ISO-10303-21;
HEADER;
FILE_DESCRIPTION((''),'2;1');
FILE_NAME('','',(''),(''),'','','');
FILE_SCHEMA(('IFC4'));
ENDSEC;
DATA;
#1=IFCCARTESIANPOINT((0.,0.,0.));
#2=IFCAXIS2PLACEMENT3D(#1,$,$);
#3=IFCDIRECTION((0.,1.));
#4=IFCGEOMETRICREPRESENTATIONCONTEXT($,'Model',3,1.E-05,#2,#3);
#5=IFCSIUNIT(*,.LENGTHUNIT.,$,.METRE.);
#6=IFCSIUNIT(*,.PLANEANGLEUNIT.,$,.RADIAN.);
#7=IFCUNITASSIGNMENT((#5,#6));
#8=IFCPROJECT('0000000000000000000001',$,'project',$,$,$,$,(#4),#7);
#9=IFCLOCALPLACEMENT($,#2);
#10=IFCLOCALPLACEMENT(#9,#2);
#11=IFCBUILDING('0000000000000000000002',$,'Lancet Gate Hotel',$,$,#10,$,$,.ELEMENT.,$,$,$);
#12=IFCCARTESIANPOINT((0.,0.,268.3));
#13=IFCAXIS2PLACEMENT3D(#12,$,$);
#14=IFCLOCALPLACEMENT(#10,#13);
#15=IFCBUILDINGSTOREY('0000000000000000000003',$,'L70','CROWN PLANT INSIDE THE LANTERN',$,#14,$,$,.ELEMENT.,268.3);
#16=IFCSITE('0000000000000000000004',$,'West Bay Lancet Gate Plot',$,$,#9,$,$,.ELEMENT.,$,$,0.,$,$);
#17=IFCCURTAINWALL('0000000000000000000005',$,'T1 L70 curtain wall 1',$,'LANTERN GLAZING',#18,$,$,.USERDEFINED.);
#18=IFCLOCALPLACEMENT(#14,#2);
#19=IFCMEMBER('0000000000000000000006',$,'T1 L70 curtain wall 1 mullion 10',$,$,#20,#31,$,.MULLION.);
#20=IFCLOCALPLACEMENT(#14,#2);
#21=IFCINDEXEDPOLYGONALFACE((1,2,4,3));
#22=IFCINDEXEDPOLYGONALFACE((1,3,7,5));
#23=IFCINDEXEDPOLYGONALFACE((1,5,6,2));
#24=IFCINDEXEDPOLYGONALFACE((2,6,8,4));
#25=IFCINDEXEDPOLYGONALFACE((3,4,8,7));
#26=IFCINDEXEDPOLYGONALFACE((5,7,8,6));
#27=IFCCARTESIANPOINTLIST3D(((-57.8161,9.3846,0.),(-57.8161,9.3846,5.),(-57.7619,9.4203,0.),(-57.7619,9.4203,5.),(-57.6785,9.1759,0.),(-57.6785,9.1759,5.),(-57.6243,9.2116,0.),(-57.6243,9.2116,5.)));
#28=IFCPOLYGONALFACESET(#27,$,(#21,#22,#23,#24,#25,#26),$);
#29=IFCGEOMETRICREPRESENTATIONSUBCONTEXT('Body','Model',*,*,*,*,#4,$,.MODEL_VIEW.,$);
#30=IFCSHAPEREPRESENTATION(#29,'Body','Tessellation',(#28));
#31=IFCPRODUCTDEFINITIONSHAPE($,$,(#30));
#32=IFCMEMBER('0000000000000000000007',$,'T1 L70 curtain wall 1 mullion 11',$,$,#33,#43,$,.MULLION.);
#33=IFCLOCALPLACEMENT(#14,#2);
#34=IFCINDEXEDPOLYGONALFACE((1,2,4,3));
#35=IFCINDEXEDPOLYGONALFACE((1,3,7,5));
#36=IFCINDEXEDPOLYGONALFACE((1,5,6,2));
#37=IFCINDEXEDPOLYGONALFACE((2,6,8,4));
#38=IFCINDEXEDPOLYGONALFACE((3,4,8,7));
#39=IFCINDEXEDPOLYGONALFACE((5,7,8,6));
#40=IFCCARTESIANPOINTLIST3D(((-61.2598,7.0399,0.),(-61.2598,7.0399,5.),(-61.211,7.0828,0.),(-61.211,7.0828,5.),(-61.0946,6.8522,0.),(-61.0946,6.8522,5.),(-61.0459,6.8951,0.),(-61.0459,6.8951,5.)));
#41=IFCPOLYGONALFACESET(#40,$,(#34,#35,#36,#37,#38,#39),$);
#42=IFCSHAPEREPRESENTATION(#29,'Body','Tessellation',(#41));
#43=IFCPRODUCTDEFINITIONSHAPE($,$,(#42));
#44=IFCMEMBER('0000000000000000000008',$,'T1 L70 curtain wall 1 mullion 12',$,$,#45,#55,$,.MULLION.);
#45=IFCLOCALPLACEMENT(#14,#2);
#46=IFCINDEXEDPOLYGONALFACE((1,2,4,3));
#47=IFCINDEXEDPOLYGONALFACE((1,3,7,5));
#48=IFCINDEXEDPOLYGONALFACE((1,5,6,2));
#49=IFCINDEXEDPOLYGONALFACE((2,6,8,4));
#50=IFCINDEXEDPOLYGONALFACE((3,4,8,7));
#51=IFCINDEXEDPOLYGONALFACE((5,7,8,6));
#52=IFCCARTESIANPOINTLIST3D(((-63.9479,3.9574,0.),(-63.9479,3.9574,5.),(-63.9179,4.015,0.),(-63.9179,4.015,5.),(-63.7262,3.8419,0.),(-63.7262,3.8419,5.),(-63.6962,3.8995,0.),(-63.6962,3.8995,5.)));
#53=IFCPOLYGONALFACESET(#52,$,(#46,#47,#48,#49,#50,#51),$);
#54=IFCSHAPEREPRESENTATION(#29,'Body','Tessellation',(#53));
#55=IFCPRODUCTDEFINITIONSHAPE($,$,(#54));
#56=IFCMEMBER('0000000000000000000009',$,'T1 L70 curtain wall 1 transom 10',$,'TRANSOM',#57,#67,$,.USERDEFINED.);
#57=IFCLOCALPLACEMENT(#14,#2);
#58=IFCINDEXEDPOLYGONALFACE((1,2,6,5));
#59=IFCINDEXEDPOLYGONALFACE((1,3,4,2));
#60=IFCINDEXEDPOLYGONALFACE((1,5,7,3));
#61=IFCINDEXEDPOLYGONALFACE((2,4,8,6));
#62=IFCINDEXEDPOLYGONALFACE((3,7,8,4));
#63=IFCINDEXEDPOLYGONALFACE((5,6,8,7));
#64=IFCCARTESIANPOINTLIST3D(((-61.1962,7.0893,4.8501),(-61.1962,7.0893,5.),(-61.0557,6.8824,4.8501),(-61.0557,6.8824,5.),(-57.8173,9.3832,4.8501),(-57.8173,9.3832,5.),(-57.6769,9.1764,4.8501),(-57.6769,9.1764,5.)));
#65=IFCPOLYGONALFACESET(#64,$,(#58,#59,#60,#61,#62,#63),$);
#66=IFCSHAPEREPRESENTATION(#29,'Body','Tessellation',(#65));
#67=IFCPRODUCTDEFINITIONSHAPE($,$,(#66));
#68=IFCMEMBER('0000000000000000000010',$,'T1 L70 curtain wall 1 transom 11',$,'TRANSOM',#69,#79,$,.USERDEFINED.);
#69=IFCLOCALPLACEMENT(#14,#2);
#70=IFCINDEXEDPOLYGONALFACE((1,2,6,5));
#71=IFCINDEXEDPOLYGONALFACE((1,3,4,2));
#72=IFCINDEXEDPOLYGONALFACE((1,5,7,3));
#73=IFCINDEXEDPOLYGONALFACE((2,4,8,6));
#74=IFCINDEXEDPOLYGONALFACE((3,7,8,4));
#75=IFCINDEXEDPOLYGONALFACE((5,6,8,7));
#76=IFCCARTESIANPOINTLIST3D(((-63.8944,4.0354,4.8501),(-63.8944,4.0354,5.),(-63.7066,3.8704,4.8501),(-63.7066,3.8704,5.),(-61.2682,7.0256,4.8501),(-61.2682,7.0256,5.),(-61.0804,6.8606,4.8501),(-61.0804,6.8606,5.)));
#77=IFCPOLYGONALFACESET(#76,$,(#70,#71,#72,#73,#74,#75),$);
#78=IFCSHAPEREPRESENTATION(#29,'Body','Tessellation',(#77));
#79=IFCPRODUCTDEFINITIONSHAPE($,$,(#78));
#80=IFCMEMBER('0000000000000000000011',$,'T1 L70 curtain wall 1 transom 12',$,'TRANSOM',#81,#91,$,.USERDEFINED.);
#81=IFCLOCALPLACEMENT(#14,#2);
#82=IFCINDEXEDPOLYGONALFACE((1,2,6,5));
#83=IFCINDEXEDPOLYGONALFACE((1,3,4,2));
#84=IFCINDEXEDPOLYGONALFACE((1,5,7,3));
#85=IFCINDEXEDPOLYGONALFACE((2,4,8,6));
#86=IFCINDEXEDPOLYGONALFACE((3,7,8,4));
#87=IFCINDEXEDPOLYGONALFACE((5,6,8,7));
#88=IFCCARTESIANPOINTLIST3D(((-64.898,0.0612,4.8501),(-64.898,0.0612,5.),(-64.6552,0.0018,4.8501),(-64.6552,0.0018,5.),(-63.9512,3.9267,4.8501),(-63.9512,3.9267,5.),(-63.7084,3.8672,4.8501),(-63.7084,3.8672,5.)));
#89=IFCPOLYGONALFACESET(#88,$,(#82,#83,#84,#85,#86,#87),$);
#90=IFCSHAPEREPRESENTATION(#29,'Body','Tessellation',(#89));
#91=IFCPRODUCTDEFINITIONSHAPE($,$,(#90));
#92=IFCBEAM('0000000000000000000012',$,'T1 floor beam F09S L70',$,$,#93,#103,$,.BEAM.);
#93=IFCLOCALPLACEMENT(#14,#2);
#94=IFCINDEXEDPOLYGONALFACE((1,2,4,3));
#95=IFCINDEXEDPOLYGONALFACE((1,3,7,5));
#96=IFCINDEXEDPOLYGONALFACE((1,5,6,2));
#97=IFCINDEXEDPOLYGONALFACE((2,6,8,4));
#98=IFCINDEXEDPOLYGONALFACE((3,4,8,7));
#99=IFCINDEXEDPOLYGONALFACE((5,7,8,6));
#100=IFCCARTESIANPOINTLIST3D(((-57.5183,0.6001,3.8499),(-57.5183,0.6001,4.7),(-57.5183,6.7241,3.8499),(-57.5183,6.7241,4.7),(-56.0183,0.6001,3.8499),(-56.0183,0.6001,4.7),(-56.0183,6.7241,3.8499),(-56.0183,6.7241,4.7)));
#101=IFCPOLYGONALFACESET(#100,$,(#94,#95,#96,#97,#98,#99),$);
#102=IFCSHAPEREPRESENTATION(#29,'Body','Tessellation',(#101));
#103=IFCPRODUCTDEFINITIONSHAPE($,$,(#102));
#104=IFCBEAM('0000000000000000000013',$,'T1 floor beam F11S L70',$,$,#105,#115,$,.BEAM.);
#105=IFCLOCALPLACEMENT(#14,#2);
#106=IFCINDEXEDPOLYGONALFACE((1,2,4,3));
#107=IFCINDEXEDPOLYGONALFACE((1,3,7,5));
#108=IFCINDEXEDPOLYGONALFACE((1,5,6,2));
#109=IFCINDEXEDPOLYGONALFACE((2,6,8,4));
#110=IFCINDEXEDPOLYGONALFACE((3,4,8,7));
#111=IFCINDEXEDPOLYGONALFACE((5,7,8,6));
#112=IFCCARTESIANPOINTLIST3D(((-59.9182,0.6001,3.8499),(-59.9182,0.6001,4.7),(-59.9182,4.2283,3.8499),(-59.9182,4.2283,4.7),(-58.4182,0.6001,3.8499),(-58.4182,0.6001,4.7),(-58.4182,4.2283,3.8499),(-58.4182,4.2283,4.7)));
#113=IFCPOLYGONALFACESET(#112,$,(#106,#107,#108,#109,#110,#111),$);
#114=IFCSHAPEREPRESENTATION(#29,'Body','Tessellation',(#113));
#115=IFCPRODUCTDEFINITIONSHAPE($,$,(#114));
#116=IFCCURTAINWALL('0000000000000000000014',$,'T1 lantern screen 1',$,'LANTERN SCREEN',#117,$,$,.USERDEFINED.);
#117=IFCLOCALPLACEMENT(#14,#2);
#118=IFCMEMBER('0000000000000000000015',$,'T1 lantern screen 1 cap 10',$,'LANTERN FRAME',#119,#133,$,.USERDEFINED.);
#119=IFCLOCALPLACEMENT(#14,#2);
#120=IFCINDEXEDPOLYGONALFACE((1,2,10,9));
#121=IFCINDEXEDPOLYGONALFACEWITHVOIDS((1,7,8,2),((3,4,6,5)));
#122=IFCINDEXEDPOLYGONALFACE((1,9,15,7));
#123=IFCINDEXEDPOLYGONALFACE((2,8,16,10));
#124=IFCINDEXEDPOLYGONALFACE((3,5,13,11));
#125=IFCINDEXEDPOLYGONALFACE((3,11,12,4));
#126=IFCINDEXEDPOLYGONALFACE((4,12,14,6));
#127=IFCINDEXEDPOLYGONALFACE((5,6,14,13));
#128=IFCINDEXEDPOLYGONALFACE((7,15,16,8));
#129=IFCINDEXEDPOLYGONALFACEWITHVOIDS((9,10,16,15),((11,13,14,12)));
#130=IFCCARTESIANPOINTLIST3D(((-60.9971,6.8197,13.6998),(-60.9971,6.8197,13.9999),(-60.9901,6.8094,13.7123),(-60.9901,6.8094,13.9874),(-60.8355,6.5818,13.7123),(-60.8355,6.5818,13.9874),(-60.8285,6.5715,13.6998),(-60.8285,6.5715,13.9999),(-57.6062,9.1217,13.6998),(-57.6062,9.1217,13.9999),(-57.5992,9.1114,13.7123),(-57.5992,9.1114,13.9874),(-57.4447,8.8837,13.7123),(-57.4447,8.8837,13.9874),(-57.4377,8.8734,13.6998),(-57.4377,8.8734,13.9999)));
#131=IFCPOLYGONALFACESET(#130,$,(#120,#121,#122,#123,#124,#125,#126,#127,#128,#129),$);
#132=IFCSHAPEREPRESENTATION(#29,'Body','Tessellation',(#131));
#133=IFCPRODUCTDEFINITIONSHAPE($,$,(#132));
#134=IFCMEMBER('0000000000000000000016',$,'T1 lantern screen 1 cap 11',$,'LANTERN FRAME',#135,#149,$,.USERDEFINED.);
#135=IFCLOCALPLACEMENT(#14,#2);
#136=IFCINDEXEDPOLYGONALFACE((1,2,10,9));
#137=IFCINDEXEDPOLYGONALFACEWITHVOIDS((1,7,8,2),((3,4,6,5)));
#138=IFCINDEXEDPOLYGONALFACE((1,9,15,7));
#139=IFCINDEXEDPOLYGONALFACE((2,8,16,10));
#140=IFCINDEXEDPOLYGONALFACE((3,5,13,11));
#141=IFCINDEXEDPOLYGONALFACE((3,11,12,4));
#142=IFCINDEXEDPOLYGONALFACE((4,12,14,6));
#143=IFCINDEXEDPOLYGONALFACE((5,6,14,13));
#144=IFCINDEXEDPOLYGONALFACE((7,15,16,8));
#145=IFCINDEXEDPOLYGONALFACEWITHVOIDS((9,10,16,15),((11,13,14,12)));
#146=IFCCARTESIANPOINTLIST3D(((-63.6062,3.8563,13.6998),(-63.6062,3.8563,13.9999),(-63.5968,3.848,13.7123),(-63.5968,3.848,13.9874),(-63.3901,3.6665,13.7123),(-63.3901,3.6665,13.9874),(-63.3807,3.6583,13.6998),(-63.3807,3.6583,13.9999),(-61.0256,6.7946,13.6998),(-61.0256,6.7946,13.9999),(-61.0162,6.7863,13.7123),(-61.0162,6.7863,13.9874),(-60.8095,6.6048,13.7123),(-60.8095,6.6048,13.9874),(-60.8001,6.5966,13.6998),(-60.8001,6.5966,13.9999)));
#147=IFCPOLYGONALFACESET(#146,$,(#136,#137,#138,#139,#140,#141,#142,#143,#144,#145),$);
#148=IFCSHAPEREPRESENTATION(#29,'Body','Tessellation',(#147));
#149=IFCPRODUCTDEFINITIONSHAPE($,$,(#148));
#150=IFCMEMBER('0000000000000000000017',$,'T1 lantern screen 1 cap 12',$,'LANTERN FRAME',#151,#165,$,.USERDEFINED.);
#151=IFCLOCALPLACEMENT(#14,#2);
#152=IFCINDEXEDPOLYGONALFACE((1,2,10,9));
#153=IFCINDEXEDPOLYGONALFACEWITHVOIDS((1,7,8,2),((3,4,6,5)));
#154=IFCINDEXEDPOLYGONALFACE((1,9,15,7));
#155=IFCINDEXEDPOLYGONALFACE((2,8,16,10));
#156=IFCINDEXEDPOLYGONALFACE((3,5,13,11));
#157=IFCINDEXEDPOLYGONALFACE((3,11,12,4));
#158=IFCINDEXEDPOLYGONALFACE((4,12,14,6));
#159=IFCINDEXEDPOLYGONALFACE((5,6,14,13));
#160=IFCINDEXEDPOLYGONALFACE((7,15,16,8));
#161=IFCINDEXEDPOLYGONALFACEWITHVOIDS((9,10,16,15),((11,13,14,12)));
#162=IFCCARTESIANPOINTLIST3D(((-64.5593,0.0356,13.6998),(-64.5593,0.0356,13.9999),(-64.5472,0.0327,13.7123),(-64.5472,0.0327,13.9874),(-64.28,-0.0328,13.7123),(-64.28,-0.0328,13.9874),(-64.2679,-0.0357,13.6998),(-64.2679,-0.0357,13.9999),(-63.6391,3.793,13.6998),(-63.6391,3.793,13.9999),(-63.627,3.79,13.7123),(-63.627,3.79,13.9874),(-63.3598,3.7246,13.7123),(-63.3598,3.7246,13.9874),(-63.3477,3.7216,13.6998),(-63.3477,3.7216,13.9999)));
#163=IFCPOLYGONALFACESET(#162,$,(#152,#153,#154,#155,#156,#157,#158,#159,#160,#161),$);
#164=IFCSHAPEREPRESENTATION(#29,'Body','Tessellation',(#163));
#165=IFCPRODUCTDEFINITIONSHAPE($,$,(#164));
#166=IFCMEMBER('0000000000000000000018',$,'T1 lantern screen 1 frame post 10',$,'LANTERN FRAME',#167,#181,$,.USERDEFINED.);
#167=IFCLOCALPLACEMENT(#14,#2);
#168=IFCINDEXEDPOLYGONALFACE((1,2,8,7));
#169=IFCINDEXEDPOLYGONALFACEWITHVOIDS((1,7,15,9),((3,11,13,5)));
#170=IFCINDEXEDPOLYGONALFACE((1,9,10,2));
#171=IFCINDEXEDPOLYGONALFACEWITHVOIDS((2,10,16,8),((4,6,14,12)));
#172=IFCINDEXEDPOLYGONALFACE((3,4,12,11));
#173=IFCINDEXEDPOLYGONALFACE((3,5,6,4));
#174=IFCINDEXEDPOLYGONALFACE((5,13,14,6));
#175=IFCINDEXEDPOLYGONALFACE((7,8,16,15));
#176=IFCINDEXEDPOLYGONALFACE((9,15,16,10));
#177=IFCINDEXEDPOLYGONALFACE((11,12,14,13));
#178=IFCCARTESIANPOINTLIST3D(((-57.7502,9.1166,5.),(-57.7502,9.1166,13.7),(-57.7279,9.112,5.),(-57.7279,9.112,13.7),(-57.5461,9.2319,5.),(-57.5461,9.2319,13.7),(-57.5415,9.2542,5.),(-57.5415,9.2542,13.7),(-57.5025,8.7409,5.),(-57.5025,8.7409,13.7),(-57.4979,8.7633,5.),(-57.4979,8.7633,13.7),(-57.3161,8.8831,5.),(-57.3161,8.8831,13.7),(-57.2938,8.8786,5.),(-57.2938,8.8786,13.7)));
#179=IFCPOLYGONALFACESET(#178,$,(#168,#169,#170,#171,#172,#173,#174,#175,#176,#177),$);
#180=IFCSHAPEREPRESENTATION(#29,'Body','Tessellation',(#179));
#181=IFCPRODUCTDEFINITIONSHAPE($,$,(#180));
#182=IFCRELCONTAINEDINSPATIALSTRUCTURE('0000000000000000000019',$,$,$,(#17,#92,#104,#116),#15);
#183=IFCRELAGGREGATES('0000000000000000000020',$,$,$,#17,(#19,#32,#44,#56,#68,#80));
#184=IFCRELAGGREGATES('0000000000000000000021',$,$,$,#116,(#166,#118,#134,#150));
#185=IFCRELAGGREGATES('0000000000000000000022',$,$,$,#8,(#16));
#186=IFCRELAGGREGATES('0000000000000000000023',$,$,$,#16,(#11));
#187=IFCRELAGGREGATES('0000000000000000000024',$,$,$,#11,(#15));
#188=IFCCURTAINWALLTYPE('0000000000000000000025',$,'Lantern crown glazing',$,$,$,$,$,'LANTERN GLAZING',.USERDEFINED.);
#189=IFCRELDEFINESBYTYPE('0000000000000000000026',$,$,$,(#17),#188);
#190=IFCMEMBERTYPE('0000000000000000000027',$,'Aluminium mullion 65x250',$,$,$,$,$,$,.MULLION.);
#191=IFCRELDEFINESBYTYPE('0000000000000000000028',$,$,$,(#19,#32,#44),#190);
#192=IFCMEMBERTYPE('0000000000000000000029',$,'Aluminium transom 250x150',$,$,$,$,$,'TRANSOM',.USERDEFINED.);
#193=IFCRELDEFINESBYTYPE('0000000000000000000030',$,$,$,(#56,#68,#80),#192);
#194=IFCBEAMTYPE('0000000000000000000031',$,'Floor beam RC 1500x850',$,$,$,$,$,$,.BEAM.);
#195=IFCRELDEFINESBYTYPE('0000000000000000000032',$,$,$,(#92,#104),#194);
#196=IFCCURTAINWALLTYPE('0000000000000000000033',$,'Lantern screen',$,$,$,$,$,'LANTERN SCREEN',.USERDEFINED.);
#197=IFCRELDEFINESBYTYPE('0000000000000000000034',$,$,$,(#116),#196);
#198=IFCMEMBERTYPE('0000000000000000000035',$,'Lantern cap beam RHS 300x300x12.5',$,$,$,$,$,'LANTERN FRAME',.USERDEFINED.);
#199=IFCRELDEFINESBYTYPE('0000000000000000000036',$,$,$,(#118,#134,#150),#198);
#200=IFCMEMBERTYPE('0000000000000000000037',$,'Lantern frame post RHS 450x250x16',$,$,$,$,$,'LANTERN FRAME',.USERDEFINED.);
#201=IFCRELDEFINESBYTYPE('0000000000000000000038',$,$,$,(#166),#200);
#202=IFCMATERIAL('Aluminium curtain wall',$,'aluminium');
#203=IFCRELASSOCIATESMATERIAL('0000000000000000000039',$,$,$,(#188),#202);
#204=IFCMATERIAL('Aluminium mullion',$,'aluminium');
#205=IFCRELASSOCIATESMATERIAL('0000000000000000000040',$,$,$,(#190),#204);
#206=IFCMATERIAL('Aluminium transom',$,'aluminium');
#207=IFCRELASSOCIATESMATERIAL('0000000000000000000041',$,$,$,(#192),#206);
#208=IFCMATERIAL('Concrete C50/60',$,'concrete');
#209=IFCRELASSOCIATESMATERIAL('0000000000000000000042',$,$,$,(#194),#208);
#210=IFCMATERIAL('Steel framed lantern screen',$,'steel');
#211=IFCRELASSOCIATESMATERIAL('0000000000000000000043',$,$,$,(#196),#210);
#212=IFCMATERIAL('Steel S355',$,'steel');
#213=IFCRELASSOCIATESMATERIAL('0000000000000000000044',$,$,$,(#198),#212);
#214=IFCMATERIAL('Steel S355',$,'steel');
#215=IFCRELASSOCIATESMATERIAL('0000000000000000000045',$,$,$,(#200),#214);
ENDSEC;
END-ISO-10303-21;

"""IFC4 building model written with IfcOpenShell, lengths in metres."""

from ifc_helpers import new_model, si_unit, direction, frame, origin, origin_2d, place, context, subcontext, project, spatial, rectangle, hollow_rectangle, extrude, material, material_profile, profile_set, type_object, element, aggregate, save


model = new_model("IFC4")

# Units and contexts
model_context = context("Model", 3, precision=1e-05, world=origin(), true_north=direction((0.0, 1.0)))
body_context = subcontext(model_context, "Body", "Model", "MODEL_VIEW")
ifc_project = project(units=[si_unit("LENGTHUNIT", "METRE"), si_unit("PLANEANGLEUNIT", "RADIAN")], contexts=[model_context])

# Site, building, storey
site_placement = place(None, origin())
site = spatial("IfcSite", under=ifc_project, at=site_placement, Name="West Bay Lancet Gate Plot", CompositionType="ELEMENT", RefElevation=0.0)
building_placement = place(site_placement, origin())
building = spatial("IfcBuilding", under=site, at=building_placement, Name="Lancet Gate Hotel", CompositionType="ELEMENT")
storey_placement = place(building_placement, frame((0.0, 0.0, 268.3)))
storey = spatial("IfcBuildingStorey", under=building, at=storey_placement, Name="L70", Description="CROWN PLANT INSIDE THE LANTERN", CompositionType="ELEMENT", Elevation=268.3)

# Curtain wall, members
ifc_material_1 = material(Name="Aluminium curtain wall", Category="aluminium")
curtain_wall_type_1 = type_object("IfcCurtainWallType", Name="Lantern crown glazing", ElementType="LANTERN GLAZING", PredefinedType="USERDEFINED", material=ifc_material_1)
curtain_wall_1_placement = place(storey_placement, origin())
curtain_wall_1 = element("IfcCurtainWall", 1, at=curtain_wall_1_placement, inside=storey, type_object=curtain_wall_type_1, Name="T1 L70 curtain wall 1", ObjectType="LANTERN GLAZING", PredefinedType="USERDEFINED")
ifc_material_2 = material(Name="Aluminium mullion", Category="aluminium")
ifc_material_profile_1 = material_profile(ifc_material_2, rectangle(XDim=0.0649, YDim=0.25, at=origin_2d()), Name="MULLION 65x250")
ifc_profile_set_1 = profile_set([ifc_material_profile_1], Name="Aluminium mullion")
member_type_1 = type_object("IfcMemberType", Name="Aluminium mullion 65x250", PredefinedType="MULLION", material=ifc_profile_set_1)
member_1_placement = place(storey_placement, frame((-57.7202, 9.2981, 0.0), z_axis=(0.0, 0.0, 1.0), x_axis=(-0.834827, -0.550512, 0.0)))
member_1 = element("IfcMember", 2, at=member_1_placement, type_object=member_type_1, Name="T1 L70 curtain wall 1 mullion 10", PredefinedType="MULLION", context=body_context, shape_type="SweptSolid", body=[
    extrude(rectangle(XDim=0.0649, YDim=0.25, at=origin_2d()), origin(), (0.0, 0.0, 1.0), 5.0),
])
member_2_placement = place(storey_placement, frame((-61.1528, 6.9675, 0.0), z_axis=(0.0, 0.0, 1.0), x_axis=(-0.750716, -0.660626, 0.0)))
member_2 = element("IfcMember", 3, at=member_2_placement, type_object=member_type_1, Name="T1 L70 curtain wall 1 mullion 11", PredefinedType="MULLION", context=body_context, shape_type="SweptSolid", body=[
    extrude(rectangle(XDim=0.0649, YDim=0.25, at=origin_2d()), origin(), (0.0, 0.0, 1.0), 5.0),
])
member_3_placement = place(storey_placement, frame((-63.822, 3.9285, 0.0), z_axis=(0.0, 0.0, 1.0), x_axis=(-0.462178, -0.886787, 0.0)))
member_3 = element("IfcMember", 4, at=member_3_placement, type_object=member_type_1, Name="T1 L70 curtain wall 1 mullion 12", PredefinedType="MULLION", context=body_context, shape_type="SweptSolid", body=[
    extrude(rectangle(XDim=0.0649, YDim=0.25, at=origin_2d()), origin(), (0.0, 0.0, 1.0), 5.0),
])
ifc_material_3 = material(Name="Aluminium transom", Category="aluminium")
ifc_material_profile_2 = material_profile(ifc_material_3, rectangle(XDim=0.25, YDim=0.1499, at=origin_2d()), Name="TRANSOM 250x150")
ifc_profile_set_2 = profile_set([ifc_material_profile_2], Name="Aluminium transom")
member_type_2 = type_object("IfcMemberType", Name="Aluminium transom 250x150", ElementType="TRANSOM", PredefinedType="USERDEFINED", material=ifc_profile_set_2)
member_4_placement = place(storey_placement, frame((-57.7471, 9.2798, 4.925), z_axis=(-0.827349, -0.561689, 0.0), x_axis=(0.561689, -0.827349, 0.0)))
member_4 = element("IfcMember", 5, at=member_4_placement, type_object=member_type_2, Name="T1 L70 curtain wall 1 transom 10", ObjectType="TRANSOM", PredefinedType="USERDEFINED", context=body_context, shape_type="SweptSolid", body=[
    extrude(rectangle(XDim=0.25, YDim=0.1499, at=origin_2d()), origin(), (0.0, 0.0, 1.0), 4.084),
])
member_5_placement = place(storey_placement, frame((-61.1743, 6.9431, 4.925), z_axis=(-0.659893, -0.751359, 0.0), x_axis=(0.751359, -0.659893, 0.0)))
member_5 = element("IfcMember", 6, at=member_5_placement, type_object=member_type_2, Name="T1 L70 curtain wall 1 transom 11", ObjectType="TRANSOM", PredefinedType="USERDEFINED", context=body_context, shape_type="SweptSolid", body=[
    extrude(rectangle(XDim=0.25, YDim=0.1499, at=origin_2d()), origin(), (0.0, 0.0, 1.0), 3.9797),
])
member_6_placement = place(storey_placement, frame((-63.8298, 3.897, 4.925), z_axis=(-0.237899, -0.97129, 0.0), x_axis=(0.97129, -0.237899, 0.0)))
member_6 = element("IfcMember", 7, at=member_6_placement, type_object=member_type_2, Name="T1 L70 curtain wall 1 transom 12", ObjectType="TRANSOM", PredefinedType="USERDEFINED", context=body_context, shape_type="SweptSolid", body=[
    extrude(rectangle(XDim=0.25, YDim=0.1499, at=origin_2d()), origin(), (0.0, 0.0, 1.0), 3.9797),
])

# Beams
ifc_material_4 = material(Name="Concrete C50/60", Category="concrete")
ifc_material_profile_3 = material_profile(ifc_material_4, rectangle(XDim=1.5, YDim=0.8501, at=origin_2d()), Name="RC 1500x850")
ifc_profile_set_3 = profile_set([ifc_material_profile_3], Name="Concrete C50/60")
beam_type = type_object("IfcBeamType", Name="Floor beam RC 1500x850", PredefinedType="BEAM", material=ifc_profile_set_3)
beam_1_placement = place(storey_placement, frame((-56.7683, 6.7241, 4.2749), z_axis=(0.0, -1.0, 0.0), x_axis=(1.0, 0.0, 0.0)))
element("IfcBeam", 8, at=beam_1_placement, inside=storey, type_object=beam_type, Name="T1 floor beam F09S L70", PredefinedType="BEAM", context=body_context, shape_type="SweptSolid", body=[
    extrude(rectangle(XDim=1.5, YDim=0.8501, at=origin_2d()), origin(), (0.0, 0.0, 1.0), 6.124),
])
beam_2_placement = place(storey_placement, frame((-59.1682, 4.2283, 4.2749), z_axis=(0.0, -1.0, 0.0), x_axis=(1.0, 0.0, 0.0)))
element("IfcBeam", 9, at=beam_2_placement, inside=storey, type_object=beam_type, Name="T1 floor beam F11S L70", PredefinedType="BEAM", context=body_context, shape_type="SweptSolid", body=[
    extrude(rectangle(XDim=1.5, YDim=0.8501, at=origin_2d()), origin(), (0.0, 0.0, 1.0), 3.6282),
])

# Curtain wall, members
ifc_material_5 = material(Name="Steel framed lantern screen", Category="steel")
curtain_wall_type_2 = type_object("IfcCurtainWallType", Name="Lantern screen", ElementType="LANTERN SCREEN", PredefinedType="USERDEFINED", material=ifc_material_5)
curtain_wall_2_placement = place(storey_placement, origin())
curtain_wall_2 = element("IfcCurtainWall", 10, at=curtain_wall_2_placement, inside=storey, type_object=curtain_wall_type_2, Name="T1 lantern screen 1", ObjectType="LANTERN SCREEN", PredefinedType="USERDEFINED")
ifc_material_6 = material(Name="Steel S355", Category="steel")
ifc_material_profile_4 = material_profile(ifc_material_6, hollow_rectangle(XDim=0.3, YDim=0.3, WallThickness=0.0125, at=origin_2d()), Name="RHS 300x300x12.5")
ifc_profile_set_4 = profile_set([ifc_material_profile_4], Name="Steel S355")
member_type_3 = type_object("IfcMemberType", Name="Lantern cap beam RHS 300x300x12.5", ElementType="LANTERN FRAME", PredefinedType="USERDEFINED", material=ifc_profile_set_4)
member_7_placement = place(storey_placement, frame((-57.522, 8.9976, 13.8499), z_axis=(-0.827356, -0.561678, 0.0), x_axis=(0.561678, -0.827356, 0.0)))
member_7 = element("IfcMember", 11, at=member_7_placement, type_object=member_type_3, Name="T1 lantern screen 1 cap 10", ObjectType="LANTERN FRAME", PredefinedType="USERDEFINED", context=body_context, shape_type="SweptSolid", body=[
    extrude(hollow_rectangle(XDim=0.3, YDim=0.3, WallThickness=0.0125, at=origin_2d()), origin(), (0.0, 0.0, 1.0), 4.0984),
])
member_8_placement = place(storey_placement, frame((-60.9128, 6.6956, 13.8499), z_axis=(-0.659896, -0.751357, 0.0), x_axis=(0.751357, -0.659896, 0.0)))
member_8 = element("IfcMember", 12, at=member_8_placement, type_object=member_type_3, Name="T1 lantern screen 1 cap 11", ObjectType="LANTERN FRAME", PredefinedType="USERDEFINED", context=body_context, shape_type="SweptSolid", body=[
    extrude(hollow_rectangle(XDim=0.3, YDim=0.3, WallThickness=0.0125, at=origin_2d()), origin(), (0.0, 0.0, 1.0), 3.9106),
])
member_9_placement = place(storey_placement, frame((-63.4934, 3.7573, 13.8499), z_axis=(-0.23787, -0.971297, 0.0), x_axis=(0.971297, -0.23787, 0.0)))
member_9 = element("IfcMember", 13, at=member_9_placement, type_object=member_type_3, Name="T1 lantern screen 1 cap 12", ObjectType="LANTERN FRAME", PredefinedType="USERDEFINED", context=body_context, shape_type="SweptSolid", body=[
    extrude(hollow_rectangle(XDim=0.3, YDim=0.3, WallThickness=0.0125, at=origin_2d()), origin(), (0.0, 0.0, 1.0), 3.8684),
])
ifc_material_7 = material(Name="Steel S355", Category="steel")
ifc_material_profile_5 = material_profile(ifc_material_7, hollow_rectangle(XDim=0.25, YDim=0.45, WallThickness=0.0161, at=origin_2d()), Name="RHS 450x250x16")
ifc_profile_set_5 = profile_set([ifc_material_profile_5], Name="Steel S355")
member_type_4 = type_object("IfcMemberType", Name="Lantern frame post RHS 450x250x16", ElementType="LANTERN FRAME", PredefinedType="USERDEFINED", material=ifc_profile_set_5)
member_10_placement = place(storey_placement, frame((-57.522, 8.9976, 5.0), z_axis=(0.0, 0.0, 1.0), x_axis=(-0.834827, -0.550512, 0.0)))
member_10 = element("IfcMember", 14, at=member_10_placement, type_object=member_type_4, Name="T1 lantern screen 1 frame post 10", ObjectType="LANTERN FRAME", PredefinedType="USERDEFINED", context=body_context, shape_type="SweptSolid", body=[
    extrude(hollow_rectangle(XDim=0.25, YDim=0.45, WallThickness=0.0161, at=origin_2d()), origin(), (0.0, 0.0, 1.0), 8.7),
])

aggregate(curtain_wall_1, [member_1, member_2, member_3, member_4, member_5, member_6])
aggregate(curtain_wall_2, [member_10, member_7, member_8, member_9])

save(model, "model.ifc")
